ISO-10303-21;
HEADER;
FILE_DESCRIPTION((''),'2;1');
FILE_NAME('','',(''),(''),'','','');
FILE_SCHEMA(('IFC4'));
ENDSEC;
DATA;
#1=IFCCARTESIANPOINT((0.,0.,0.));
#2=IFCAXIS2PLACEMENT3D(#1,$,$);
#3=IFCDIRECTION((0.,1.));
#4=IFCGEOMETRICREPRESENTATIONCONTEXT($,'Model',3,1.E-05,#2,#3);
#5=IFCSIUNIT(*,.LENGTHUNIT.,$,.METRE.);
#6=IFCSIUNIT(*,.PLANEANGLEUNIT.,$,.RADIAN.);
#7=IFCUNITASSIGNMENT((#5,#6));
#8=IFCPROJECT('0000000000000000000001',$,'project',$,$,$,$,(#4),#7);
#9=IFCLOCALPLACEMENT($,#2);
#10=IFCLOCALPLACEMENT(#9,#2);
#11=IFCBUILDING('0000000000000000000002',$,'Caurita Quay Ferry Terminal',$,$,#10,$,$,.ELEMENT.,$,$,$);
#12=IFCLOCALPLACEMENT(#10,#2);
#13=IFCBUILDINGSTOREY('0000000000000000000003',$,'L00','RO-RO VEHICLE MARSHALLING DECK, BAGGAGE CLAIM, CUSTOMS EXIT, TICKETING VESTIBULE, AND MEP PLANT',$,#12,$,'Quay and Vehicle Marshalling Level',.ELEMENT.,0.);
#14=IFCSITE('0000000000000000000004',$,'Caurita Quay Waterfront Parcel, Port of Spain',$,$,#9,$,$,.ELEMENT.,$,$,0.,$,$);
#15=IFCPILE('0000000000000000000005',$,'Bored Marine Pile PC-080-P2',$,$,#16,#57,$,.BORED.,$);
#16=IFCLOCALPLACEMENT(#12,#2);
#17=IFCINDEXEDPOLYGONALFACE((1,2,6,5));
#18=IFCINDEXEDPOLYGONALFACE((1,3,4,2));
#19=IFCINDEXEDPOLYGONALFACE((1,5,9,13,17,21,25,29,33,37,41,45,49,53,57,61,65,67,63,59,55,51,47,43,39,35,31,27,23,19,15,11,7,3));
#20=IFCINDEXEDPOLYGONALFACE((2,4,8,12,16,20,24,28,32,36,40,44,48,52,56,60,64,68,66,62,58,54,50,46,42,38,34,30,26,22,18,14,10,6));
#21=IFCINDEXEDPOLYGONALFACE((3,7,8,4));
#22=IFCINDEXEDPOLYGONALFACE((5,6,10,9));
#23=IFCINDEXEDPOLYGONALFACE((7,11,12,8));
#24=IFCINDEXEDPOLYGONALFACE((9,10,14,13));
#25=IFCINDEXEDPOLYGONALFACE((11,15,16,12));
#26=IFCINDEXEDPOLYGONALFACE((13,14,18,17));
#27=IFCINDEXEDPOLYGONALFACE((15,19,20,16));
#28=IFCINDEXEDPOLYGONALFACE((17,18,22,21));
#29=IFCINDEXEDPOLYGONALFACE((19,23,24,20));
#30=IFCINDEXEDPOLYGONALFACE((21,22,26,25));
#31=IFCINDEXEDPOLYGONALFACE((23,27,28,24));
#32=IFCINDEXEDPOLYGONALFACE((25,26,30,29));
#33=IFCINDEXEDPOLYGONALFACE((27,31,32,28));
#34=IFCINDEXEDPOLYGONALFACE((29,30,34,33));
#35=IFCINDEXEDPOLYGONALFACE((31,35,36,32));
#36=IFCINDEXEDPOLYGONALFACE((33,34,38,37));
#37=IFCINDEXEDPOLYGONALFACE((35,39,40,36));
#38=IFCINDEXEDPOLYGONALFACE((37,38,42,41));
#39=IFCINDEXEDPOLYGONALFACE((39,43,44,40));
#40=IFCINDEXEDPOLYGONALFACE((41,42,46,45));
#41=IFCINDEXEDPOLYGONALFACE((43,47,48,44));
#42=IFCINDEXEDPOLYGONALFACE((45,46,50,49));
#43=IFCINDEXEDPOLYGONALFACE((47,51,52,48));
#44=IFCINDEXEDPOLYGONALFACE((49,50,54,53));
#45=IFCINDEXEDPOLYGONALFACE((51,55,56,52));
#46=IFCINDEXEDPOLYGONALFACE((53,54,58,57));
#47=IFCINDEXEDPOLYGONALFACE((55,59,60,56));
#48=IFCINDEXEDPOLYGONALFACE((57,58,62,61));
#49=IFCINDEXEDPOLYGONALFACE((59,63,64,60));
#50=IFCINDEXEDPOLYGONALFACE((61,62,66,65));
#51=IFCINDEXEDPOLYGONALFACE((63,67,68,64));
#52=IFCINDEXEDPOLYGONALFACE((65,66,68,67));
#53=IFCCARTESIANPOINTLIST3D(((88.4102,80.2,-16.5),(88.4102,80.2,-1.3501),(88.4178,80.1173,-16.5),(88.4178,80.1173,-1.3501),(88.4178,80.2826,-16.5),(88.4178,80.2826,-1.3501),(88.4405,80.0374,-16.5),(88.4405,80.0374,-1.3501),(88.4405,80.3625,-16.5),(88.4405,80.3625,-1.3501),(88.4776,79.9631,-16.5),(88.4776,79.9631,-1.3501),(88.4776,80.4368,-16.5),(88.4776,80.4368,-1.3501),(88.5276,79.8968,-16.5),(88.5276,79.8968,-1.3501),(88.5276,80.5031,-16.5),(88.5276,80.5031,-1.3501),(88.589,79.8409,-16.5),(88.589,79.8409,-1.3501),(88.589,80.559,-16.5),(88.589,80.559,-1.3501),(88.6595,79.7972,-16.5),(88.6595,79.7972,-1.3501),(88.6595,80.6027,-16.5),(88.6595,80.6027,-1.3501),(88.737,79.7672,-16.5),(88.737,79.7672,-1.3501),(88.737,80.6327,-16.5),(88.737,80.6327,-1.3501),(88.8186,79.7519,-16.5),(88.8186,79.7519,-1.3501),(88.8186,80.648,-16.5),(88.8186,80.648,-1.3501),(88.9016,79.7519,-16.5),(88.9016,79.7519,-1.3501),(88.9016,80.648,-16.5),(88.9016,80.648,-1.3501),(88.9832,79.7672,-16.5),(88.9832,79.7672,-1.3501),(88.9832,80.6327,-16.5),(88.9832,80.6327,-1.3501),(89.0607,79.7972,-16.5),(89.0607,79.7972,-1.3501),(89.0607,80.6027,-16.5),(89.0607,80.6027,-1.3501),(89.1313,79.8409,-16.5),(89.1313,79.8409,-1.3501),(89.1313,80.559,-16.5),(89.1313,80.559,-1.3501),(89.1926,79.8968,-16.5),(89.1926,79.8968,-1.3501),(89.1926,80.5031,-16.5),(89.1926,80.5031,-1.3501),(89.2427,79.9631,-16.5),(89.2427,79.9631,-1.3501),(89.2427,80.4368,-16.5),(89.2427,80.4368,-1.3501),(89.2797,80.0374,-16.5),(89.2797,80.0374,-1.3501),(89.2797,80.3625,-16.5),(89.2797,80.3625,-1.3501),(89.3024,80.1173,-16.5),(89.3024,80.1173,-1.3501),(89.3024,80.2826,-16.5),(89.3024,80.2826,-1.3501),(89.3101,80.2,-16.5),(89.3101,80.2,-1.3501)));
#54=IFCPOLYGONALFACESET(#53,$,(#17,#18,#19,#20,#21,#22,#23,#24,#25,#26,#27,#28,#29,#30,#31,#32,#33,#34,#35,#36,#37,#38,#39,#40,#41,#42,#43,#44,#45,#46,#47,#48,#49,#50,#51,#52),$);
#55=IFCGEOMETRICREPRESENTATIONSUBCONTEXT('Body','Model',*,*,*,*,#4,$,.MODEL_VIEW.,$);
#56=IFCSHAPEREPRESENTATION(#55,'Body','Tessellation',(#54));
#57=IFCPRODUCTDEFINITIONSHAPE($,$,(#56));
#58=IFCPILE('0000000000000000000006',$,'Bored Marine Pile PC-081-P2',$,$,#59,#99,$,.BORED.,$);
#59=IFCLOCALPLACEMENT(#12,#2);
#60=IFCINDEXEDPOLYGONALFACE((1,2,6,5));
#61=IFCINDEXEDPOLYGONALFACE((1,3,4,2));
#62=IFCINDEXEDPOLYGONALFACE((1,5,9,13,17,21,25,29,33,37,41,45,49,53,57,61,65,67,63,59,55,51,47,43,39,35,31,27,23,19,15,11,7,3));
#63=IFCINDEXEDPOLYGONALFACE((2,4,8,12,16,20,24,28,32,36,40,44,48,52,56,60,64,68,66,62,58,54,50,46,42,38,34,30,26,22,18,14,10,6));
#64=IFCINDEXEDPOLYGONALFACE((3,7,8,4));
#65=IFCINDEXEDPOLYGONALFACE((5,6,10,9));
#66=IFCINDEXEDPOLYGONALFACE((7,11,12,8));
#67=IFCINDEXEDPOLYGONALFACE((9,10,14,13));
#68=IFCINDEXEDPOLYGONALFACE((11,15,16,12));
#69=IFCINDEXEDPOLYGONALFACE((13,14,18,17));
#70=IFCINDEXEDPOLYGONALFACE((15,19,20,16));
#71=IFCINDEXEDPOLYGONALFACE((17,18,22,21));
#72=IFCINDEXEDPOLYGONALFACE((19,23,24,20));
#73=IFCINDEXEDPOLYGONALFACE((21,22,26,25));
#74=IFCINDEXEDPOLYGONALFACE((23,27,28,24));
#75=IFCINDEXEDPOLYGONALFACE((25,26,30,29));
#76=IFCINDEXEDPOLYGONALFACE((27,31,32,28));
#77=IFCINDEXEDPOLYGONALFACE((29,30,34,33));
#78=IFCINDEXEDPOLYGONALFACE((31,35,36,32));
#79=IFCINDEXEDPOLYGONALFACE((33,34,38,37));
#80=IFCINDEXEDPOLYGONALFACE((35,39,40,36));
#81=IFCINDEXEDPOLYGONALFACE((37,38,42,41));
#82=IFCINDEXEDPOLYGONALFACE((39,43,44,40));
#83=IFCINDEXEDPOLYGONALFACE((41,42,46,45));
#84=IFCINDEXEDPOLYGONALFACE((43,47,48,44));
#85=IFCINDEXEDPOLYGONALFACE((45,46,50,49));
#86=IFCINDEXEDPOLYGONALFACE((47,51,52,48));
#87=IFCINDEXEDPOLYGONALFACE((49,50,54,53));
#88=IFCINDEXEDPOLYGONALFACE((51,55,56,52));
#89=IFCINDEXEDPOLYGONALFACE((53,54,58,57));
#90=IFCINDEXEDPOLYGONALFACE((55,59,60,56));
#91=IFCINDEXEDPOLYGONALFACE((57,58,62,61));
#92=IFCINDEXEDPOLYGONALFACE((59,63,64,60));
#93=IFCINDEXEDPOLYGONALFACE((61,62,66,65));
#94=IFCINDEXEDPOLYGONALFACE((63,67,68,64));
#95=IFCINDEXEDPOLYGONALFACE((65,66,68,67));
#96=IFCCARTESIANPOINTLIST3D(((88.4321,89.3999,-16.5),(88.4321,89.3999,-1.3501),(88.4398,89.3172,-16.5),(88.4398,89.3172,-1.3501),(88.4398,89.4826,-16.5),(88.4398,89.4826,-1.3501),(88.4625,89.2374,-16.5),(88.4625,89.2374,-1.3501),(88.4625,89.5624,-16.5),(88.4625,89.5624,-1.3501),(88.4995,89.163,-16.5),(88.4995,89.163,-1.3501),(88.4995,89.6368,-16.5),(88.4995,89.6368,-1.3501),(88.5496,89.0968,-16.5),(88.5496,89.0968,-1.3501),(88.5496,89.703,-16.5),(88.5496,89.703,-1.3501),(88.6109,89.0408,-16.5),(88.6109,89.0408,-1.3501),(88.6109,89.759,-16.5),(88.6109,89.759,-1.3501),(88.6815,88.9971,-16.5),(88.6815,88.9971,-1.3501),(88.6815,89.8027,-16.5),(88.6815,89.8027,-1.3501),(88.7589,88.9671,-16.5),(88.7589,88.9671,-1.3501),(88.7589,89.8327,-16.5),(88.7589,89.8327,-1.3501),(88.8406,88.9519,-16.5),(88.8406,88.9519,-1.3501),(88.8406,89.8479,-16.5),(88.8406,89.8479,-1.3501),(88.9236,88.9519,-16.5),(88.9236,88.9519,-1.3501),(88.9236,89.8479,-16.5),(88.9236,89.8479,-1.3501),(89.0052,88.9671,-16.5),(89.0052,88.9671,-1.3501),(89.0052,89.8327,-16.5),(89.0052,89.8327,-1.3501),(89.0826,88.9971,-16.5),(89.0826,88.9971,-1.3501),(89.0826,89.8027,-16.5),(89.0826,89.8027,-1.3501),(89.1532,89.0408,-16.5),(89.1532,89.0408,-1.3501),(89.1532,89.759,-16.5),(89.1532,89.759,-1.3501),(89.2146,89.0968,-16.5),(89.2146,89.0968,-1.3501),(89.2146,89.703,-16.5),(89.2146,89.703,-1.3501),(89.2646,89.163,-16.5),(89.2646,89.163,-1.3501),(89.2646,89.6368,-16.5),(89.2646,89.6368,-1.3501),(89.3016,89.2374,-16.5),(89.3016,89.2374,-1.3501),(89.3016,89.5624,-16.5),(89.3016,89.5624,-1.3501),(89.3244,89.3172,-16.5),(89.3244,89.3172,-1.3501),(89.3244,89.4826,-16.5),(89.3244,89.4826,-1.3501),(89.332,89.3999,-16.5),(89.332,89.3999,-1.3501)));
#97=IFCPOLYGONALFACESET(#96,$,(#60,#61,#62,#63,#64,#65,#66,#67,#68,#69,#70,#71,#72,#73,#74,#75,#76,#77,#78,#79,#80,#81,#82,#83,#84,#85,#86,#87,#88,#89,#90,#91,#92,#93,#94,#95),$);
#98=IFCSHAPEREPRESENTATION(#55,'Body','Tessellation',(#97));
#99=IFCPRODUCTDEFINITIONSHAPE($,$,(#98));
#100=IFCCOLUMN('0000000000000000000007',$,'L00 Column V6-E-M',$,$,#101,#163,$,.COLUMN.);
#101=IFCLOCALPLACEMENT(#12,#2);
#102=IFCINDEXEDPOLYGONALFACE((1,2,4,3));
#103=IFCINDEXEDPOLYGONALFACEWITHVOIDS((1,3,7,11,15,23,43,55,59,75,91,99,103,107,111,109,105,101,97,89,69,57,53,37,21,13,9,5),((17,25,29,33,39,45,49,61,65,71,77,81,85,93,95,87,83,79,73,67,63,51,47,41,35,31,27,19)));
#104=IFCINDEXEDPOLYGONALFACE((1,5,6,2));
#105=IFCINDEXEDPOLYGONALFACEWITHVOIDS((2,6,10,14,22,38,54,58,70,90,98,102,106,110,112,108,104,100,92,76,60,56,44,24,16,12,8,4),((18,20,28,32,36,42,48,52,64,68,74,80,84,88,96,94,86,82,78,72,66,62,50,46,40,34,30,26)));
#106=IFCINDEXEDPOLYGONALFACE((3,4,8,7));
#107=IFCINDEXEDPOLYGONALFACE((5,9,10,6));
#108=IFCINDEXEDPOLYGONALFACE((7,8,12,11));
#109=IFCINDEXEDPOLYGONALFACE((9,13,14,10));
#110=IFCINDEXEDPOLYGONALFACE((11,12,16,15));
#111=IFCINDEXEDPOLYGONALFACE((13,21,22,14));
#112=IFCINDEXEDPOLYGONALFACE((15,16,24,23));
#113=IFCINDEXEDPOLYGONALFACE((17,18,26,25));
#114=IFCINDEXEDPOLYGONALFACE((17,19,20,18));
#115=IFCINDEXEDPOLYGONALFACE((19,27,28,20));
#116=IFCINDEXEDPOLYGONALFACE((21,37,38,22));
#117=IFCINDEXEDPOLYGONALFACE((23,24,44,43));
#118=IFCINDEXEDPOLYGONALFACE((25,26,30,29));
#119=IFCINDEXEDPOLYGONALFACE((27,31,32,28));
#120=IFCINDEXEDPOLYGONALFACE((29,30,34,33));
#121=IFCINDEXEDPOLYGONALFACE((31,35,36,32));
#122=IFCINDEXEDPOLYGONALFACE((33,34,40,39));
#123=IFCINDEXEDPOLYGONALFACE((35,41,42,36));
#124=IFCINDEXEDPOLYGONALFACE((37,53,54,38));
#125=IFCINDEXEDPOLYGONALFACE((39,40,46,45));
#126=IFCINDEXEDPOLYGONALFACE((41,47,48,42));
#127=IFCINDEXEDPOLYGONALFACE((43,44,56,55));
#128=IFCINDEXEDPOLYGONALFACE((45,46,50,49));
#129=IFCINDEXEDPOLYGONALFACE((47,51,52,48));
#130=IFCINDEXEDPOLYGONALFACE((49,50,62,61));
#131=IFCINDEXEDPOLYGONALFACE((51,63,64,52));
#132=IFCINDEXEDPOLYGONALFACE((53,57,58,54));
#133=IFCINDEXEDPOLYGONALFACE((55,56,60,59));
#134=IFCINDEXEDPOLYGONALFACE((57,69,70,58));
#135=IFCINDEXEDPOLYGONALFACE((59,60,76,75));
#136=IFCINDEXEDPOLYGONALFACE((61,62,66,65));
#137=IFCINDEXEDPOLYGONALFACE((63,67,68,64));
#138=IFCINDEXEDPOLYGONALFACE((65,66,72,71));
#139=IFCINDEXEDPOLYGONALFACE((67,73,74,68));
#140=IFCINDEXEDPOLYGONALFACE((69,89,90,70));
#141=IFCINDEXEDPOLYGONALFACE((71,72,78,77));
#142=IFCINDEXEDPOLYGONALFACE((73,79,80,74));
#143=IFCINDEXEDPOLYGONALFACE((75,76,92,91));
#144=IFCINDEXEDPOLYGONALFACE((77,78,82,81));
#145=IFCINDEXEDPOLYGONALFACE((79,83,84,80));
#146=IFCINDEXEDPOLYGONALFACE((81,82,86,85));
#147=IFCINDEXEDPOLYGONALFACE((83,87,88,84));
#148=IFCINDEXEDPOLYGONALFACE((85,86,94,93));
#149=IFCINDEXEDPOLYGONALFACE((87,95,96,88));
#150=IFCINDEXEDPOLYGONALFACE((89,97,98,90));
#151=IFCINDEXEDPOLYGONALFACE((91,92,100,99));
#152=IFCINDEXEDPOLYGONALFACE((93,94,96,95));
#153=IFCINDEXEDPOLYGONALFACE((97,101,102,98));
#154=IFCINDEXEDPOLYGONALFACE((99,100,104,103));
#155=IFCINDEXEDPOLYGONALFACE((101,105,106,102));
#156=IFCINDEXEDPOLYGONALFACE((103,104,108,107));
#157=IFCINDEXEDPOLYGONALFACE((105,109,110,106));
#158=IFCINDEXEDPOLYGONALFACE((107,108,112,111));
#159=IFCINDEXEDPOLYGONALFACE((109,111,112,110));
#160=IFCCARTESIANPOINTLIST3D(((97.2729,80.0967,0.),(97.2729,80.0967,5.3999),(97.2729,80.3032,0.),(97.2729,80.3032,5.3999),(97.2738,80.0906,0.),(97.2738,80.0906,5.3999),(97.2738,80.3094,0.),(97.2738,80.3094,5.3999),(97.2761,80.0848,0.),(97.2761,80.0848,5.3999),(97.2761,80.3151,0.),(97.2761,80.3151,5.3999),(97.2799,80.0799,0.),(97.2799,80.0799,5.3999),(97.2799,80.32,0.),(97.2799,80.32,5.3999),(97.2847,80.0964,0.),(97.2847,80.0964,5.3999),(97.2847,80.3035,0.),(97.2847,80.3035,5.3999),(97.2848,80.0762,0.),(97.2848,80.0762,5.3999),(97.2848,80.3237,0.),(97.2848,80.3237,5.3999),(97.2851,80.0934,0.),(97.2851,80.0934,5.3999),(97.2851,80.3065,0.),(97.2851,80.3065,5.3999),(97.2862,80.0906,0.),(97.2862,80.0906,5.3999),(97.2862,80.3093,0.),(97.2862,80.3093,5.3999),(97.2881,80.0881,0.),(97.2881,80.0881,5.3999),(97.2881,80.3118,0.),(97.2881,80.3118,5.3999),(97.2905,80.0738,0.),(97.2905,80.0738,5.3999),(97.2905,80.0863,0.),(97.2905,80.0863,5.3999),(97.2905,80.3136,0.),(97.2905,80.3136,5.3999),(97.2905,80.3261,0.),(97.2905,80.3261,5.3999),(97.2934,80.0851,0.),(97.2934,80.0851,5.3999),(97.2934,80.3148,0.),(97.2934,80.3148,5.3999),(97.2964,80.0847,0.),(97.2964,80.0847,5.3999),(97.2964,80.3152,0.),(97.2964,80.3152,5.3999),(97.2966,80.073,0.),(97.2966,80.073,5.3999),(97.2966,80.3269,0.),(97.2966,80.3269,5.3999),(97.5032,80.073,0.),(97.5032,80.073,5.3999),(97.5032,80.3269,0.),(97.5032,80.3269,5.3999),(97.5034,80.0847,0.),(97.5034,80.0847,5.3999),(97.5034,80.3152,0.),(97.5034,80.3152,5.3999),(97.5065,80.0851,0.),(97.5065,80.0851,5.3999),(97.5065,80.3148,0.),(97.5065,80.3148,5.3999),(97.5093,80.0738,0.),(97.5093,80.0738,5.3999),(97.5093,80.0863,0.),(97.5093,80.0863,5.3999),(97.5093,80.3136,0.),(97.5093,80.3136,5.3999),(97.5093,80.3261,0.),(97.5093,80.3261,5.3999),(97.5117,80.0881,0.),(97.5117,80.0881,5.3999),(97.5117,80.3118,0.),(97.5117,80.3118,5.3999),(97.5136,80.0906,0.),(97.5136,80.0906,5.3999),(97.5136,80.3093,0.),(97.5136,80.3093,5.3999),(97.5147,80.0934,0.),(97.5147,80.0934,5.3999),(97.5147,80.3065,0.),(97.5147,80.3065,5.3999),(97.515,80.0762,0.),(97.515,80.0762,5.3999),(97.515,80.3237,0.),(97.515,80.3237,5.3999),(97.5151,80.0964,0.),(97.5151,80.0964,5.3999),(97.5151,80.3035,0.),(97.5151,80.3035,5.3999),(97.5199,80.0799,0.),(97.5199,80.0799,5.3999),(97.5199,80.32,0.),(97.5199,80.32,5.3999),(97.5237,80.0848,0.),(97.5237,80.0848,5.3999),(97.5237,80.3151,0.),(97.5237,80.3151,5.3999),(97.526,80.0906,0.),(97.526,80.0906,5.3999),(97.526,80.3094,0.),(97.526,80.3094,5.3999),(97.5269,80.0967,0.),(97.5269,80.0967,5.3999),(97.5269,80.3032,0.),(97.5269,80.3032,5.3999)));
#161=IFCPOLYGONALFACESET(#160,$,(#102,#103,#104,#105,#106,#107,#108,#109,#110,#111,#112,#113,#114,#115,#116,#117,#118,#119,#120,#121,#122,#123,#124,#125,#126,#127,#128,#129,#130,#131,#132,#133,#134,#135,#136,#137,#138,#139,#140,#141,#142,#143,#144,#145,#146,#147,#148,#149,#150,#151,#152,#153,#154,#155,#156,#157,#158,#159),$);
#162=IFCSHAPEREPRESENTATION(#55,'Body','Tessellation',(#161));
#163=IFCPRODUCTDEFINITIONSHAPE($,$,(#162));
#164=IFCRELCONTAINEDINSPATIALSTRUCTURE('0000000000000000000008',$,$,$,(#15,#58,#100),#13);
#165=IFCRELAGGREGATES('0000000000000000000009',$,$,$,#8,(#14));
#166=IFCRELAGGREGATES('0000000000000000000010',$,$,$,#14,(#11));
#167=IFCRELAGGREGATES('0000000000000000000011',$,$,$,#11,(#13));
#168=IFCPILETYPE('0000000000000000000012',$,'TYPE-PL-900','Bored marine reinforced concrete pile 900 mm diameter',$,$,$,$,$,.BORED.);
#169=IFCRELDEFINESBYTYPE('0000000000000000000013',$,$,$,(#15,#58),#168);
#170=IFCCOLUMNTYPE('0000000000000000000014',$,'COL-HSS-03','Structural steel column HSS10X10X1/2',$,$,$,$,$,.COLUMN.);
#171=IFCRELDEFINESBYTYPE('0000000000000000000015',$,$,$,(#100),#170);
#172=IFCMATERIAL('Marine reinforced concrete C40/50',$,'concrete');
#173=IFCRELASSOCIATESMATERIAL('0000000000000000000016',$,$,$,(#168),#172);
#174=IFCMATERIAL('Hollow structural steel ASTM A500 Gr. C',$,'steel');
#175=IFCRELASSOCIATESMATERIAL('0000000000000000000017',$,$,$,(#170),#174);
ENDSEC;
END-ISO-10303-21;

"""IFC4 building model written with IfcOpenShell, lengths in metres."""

from ifc_helpers import new_model, si_unit, direction, frame, origin, origin_2d, place, context, subcontext, project, spatial, hollow_rectangle, circle, extrude, material, material_profile, profile_set, type_object, element, save


model = new_model("IFC4")

# Units and contexts
model_context = context("Model", 3, precision=1e-05, world=origin(), true_north=direction((0.0, 1.0)))
body_context = subcontext(model_context, "Body", "Model", "MODEL_VIEW")
ifc_project = project(units=[si_unit("LENGTHUNIT", "METRE"), si_unit("PLANEANGLEUNIT", "RADIAN")], contexts=[model_context])

# Site, building, storey
site_placement = place(None, origin())
site = spatial("IfcSite", under=ifc_project, at=site_placement, Name="Caurita Quay Waterfront Parcel, Port of Spain", CompositionType="ELEMENT", RefElevation=0.0)
building_placement = place(site_placement, origin())
building = spatial("IfcBuilding", under=site, at=building_placement, Name="Caurita Quay Ferry Terminal", CompositionType="ELEMENT")
storey_placement = place(building_placement, origin())
storey = spatial("IfcBuildingStorey", under=building, at=storey_placement, Name="L00", Description="RO-RO VEHICLE MARSHALLING DECK, BAGGAGE CLAIM, CUSTOMS EXIT, TICKETING VESTIBULE, AND MEP PLANT", LongName="Quay and Vehicle Marshalling Level", CompositionType="ELEMENT", Elevation=0.0)

# Piles
ifc_material_1 = material(Name="Marine reinforced concrete C40/50", Category="concrete")
ifc_material_profile_1 = material_profile(ifc_material_1, circle(Radius=0.45, at=origin_2d()), Name="PILE-D900")
ifc_profile_set_1 = profile_set([ifc_material_profile_1], Name="Marine reinforced concrete C40/50")
pile_type_1 = type_object("IfcPileType", Name="TYPE-PL-900", Description="Bored marine reinforced concrete pile 900 mm diameter", PredefinedType="BORED", material=ifc_profile_set_1)
for number, where, z_axis, x_axis, name in (
    (1, (88.8601, 80.2, -1.3501), (0.0, 0.0, -1.0), (1.0, 0.0, 0.0), "Bored Marine Pile PC-080-P2"),
    (2, (88.8821, 89.3999, -1.3501), (0.0, 0.0, -1.0), (1.0, 0.0, 0.0), "Bored Marine Pile PC-081-P2"),
):
    element("IfcPile", number, at=place(storey_placement, frame(where, z_axis=z_axis, x_axis=x_axis)), inside=storey, type_object=pile_type_1, Name=name, PredefinedType="BORED", context=body_context, shape_type="SweptSolid", body=[
        extrude(circle(Radius=0.45, at=origin_2d()), origin(), (0.0, 0.0, 1.0), 15.1499),
    ])

# Column
ifc_material_2 = material(Name="Hollow structural steel ASTM A500 Gr. C", Category="steel")
ifc_material_profile_2 = material_profile(ifc_material_2, hollow_rectangle(XDim=0.2539, YDim=0.2539, WallThickness=0.0117, InnerFilletRadius=0.0117, OuterFilletRadius=0.0237, at=origin_2d()), Name="HSS10X10X1/2")
ifc_profile_set_2 = profile_set([ifc_material_profile_2], Name="Hollow structural steel ASTM A500 Gr. C")
column_type_1 = type_object("IfcColumnType", Name="COL-HSS-03", Description="Structural steel column HSS10X10X1/2", PredefinedType="COLUMN", material=ifc_profile_set_2)
for number, where, z_axis, x_axis, name in (
    (3, (97.3999, 80.2, 0.0), (0.0, 0.0, 1.0), (1.0, 0.0, 0.0), "L00 Column V6-E-M"),
):
    element("IfcColumn", number, at=place(storey_placement, frame(where, z_axis=z_axis, x_axis=x_axis)), inside=storey, type_object=column_type_1, Name=name, PredefinedType="COLUMN", context=body_context, shape_type="SweptSolid", body=[
        extrude(hollow_rectangle(XDim=0.2539, YDim=0.2539, WallThickness=0.0117, InnerFilletRadius=0.0117, OuterFilletRadius=0.0237, at=origin_2d()), origin(), (0.0, 0.0, 1.0), 5.3999),
    ])

save(model, "model.ifc")
